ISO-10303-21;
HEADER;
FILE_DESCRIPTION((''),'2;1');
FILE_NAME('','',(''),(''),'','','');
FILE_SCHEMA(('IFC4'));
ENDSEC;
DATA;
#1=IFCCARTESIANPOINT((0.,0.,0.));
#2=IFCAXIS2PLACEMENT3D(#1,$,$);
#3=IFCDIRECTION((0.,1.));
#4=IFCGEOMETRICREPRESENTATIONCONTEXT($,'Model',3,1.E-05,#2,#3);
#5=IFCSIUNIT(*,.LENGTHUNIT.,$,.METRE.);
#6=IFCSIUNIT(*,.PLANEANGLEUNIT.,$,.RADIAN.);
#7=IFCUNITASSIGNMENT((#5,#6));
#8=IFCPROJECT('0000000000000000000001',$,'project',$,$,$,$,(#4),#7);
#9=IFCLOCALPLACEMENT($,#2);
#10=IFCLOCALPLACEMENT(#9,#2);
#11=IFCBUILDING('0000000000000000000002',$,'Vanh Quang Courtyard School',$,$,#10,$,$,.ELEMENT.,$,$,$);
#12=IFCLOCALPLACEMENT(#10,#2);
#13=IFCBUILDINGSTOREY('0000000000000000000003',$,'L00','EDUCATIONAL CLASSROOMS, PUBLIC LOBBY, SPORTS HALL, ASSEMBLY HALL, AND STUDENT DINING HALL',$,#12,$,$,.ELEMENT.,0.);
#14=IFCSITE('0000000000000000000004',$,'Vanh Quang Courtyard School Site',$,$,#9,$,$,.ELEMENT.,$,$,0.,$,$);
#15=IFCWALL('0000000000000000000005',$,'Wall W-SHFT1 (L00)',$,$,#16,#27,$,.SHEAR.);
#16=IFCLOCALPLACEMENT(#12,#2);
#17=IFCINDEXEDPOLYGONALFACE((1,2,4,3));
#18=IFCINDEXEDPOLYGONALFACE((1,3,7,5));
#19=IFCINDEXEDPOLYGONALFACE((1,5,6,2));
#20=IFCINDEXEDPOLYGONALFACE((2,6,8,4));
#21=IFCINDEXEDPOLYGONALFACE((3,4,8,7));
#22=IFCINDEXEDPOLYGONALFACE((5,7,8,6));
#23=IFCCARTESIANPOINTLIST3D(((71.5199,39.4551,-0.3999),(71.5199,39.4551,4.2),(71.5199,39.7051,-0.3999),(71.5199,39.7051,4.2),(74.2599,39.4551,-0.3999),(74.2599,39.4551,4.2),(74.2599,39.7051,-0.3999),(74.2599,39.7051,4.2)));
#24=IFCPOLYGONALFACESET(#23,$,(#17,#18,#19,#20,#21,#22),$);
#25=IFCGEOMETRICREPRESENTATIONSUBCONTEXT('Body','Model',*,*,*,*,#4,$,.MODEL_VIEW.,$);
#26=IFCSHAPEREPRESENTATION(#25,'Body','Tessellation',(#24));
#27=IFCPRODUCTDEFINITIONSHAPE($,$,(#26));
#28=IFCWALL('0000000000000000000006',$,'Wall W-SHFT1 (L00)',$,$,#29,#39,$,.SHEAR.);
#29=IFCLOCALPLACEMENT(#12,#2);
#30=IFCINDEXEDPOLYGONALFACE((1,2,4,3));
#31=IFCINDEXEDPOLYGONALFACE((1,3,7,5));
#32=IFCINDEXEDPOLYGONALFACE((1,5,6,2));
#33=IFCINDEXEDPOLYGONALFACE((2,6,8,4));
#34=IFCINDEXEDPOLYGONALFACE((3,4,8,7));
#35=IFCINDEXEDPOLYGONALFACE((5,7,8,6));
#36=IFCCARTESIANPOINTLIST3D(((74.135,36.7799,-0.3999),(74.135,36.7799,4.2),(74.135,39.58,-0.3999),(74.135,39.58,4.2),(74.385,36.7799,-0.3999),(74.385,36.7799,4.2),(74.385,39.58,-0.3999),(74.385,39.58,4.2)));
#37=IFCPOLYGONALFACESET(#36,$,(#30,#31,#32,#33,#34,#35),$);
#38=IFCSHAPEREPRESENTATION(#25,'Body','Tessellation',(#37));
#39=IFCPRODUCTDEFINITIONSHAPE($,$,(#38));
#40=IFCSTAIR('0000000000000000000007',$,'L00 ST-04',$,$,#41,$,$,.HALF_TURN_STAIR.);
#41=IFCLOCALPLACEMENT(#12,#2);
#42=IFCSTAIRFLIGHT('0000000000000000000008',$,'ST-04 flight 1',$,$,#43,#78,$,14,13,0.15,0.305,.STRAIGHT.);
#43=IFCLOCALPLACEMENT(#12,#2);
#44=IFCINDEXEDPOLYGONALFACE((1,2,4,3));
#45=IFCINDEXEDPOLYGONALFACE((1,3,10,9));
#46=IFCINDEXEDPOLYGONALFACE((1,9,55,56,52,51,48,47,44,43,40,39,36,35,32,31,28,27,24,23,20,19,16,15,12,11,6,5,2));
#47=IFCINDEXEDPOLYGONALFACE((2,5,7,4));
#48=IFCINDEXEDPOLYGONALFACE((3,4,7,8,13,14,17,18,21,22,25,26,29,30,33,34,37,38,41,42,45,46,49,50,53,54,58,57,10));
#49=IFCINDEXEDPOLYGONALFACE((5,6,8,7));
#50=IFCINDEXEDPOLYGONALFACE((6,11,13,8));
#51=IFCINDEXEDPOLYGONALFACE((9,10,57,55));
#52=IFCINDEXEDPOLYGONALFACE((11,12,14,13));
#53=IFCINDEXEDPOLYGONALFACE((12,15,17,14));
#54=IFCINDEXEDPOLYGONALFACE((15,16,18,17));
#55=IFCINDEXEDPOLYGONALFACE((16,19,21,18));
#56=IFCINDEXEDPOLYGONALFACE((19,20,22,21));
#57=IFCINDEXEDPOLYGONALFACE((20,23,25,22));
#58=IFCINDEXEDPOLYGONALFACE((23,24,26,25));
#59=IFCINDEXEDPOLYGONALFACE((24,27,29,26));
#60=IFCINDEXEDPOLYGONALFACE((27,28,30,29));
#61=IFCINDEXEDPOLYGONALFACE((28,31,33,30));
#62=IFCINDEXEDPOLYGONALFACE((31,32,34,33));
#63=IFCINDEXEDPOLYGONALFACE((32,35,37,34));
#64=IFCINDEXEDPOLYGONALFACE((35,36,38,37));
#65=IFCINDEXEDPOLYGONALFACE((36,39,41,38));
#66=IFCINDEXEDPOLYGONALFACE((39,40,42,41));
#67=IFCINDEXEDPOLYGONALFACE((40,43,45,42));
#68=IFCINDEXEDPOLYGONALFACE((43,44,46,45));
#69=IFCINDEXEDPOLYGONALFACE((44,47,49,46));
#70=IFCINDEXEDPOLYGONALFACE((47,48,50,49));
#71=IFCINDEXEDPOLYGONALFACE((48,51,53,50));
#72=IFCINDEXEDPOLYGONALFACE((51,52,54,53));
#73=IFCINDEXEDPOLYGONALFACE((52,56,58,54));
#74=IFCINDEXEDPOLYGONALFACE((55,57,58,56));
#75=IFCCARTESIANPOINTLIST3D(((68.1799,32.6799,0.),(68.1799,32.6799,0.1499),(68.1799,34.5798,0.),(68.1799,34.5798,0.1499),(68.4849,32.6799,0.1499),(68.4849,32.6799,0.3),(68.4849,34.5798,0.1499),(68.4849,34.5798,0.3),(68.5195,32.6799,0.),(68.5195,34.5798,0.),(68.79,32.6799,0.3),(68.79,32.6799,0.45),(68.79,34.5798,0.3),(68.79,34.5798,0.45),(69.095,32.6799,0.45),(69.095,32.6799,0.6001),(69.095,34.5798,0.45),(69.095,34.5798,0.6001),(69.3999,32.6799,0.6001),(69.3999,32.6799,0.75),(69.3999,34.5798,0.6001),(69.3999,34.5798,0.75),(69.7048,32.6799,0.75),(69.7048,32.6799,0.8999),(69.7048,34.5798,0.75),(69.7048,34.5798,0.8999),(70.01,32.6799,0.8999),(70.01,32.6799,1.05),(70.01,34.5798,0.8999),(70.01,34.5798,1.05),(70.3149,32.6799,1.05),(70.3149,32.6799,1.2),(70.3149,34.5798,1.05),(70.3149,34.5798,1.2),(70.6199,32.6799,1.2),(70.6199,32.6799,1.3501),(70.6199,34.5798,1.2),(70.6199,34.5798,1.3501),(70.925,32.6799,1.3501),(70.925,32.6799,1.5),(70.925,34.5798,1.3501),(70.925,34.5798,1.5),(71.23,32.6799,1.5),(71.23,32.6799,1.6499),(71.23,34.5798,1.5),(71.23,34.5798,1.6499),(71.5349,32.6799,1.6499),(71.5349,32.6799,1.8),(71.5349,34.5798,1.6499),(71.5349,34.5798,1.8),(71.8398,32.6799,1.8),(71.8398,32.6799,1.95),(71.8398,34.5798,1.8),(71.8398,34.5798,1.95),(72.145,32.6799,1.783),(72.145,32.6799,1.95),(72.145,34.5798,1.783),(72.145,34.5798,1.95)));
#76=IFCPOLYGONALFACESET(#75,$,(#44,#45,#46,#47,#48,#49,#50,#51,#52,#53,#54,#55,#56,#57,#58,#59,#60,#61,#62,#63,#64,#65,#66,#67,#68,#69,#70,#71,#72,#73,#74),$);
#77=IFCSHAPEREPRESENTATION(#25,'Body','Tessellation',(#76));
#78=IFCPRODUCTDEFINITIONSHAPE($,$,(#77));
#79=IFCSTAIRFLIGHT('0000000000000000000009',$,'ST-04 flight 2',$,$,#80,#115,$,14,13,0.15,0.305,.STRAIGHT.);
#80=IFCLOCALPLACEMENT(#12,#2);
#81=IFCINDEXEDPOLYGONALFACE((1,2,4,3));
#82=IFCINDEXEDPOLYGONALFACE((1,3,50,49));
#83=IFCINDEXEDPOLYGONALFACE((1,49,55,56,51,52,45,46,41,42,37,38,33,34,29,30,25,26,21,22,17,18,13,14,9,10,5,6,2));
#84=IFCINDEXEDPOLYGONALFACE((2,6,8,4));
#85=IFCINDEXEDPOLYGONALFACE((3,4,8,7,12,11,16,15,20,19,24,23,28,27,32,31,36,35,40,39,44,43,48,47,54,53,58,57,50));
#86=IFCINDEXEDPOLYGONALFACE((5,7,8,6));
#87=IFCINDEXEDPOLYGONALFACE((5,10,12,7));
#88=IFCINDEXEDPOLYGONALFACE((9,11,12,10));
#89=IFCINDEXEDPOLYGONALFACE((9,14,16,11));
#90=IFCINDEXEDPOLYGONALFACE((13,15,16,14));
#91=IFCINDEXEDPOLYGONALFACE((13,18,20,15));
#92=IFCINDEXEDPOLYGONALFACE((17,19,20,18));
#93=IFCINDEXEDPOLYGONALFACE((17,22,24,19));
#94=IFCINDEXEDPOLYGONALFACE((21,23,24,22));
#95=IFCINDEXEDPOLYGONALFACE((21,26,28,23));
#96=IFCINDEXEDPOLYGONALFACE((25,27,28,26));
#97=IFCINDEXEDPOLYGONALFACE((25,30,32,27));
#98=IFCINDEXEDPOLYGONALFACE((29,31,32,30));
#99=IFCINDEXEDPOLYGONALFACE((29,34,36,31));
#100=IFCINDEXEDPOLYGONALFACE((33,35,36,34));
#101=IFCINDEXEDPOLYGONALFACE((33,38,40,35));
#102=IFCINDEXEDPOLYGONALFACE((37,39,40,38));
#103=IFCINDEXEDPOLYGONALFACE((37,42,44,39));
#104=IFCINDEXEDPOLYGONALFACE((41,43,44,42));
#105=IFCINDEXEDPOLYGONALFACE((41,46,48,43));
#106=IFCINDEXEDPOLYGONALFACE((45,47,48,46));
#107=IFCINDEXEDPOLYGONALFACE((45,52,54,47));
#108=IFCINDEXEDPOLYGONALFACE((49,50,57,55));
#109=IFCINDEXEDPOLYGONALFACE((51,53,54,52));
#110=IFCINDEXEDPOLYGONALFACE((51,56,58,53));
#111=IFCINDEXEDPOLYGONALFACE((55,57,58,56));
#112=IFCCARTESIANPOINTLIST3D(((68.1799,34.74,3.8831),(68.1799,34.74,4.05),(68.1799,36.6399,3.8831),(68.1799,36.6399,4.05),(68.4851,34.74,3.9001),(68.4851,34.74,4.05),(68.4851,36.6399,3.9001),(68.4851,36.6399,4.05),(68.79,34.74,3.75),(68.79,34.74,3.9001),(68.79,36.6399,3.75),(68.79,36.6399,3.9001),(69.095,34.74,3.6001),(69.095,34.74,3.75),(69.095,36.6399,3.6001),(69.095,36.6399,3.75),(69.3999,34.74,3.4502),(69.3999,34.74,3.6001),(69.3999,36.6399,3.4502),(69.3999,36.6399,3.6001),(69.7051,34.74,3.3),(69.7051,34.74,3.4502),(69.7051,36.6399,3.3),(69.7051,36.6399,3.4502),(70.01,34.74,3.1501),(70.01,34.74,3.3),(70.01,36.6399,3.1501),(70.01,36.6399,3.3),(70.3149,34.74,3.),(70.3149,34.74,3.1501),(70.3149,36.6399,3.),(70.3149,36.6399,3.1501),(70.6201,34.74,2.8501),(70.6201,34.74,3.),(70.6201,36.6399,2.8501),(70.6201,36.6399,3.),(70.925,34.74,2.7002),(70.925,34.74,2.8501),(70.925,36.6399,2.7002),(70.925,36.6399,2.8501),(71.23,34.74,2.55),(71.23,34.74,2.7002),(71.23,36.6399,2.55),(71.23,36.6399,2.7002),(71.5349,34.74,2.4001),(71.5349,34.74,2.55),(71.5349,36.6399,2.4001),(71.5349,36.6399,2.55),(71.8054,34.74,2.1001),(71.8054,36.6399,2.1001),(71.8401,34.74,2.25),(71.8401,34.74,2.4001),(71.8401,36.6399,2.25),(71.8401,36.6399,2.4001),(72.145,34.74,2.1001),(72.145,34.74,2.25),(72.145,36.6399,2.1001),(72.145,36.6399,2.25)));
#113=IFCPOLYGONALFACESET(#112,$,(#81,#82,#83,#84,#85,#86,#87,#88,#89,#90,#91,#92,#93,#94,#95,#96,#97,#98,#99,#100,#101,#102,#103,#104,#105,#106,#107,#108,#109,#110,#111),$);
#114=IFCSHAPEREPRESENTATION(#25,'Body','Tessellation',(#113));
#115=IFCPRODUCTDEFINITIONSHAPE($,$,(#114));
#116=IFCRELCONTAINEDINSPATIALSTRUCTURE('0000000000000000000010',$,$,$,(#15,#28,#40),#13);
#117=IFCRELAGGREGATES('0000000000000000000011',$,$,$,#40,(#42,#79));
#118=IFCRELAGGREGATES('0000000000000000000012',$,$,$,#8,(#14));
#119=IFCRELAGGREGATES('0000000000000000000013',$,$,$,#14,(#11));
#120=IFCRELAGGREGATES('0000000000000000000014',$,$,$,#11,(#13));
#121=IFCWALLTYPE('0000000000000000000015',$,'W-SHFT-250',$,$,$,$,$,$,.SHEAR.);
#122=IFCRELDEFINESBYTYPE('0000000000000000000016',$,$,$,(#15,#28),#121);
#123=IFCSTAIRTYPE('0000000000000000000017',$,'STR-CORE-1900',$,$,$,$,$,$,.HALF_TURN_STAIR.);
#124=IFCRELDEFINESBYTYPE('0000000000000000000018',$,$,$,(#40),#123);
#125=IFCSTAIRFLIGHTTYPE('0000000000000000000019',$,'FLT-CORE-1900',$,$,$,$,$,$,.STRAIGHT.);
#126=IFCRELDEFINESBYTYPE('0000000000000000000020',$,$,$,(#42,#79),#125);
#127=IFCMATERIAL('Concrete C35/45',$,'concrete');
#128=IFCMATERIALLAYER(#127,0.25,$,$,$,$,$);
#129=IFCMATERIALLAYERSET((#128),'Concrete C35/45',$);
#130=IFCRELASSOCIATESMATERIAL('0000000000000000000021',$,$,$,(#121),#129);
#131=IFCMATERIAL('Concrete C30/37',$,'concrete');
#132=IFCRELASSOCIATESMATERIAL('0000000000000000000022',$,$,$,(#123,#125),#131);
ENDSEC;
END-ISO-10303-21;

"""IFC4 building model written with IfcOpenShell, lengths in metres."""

from ifc_helpers import new_model, si_unit, direction, frame, frame_2d, origin, place, context, subcontext, project, spatial, polyline, rectangle, outline, extrude, material, layer, layer_set, type_object, element, aggregate, save


model = new_model("IFC4")

# Units and contexts
model_context = context("Model", 3, precision=1e-05, world=origin(), true_north=direction((0.0, 1.0)))
body_context = subcontext(model_context, "Body", "Model", "MODEL_VIEW")
ifc_project = project(units=[si_unit("LENGTHUNIT", "METRE"), si_unit("PLANEANGLEUNIT", "RADIAN")], contexts=[model_context])

# Site, building, storey
site_placement = place(None, origin())
site = spatial("IfcSite", under=ifc_project, at=site_placement, Name="Vanh Quang Courtyard School Site", CompositionType="ELEMENT", RefElevation=0.0)
building_placement = place(site_placement, origin())
building = spatial("IfcBuilding", under=site, at=building_placement, Name="Vanh Quang Courtyard School", CompositionType="ELEMENT")
storey_placement = place(building_placement, origin())
storey = spatial("IfcBuildingStorey", under=building, at=storey_placement, Name="L00", Description="EDUCATIONAL CLASSROOMS, PUBLIC LOBBY, SPORTS HALL, ASSEMBLY HALL, AND STUDENT DINING HALL", CompositionType="ELEMENT", Elevation=0.0)

# Shared definitions
ifc_material_1 = material(Name="Concrete C35/45", Category="concrete")

# Shared definitions
ifc_material_2 = material(Name="Concrete C30/37", Category="concrete")

# Shared definitions
ifc_layer_1 = layer(ifc_material_1, 0.25)
ifc_layer_set_1 = layer_set([ifc_layer_1], Name="Concrete C35/45")
wall_type_1 = type_object("IfcWallType", Name="W-SHFT-250", PredefinedType="SHEAR", material=ifc_layer_set_1)

# Walls
wall_1_placement = place(storey_placement, frame((74.26, 39.5801, -0.3999), z_axis=(0.0, 0.0, 1.0), x_axis=(-1.0, 0.0, 0.0)))
element("IfcWall", 1, at=wall_1_placement, inside=storey, type_object=wall_type_1, Name="Wall W-SHFT1 (L00)", PredefinedType="SHEAR", context=body_context, shape_type="SweptSolid", body=[
    extrude(rectangle(XDim=2.74, YDim=0.25, at=frame_2d((1.3701, 0.0))), origin(), (0.0, 0.0, 1.0), 4.5999),
])
wall_2_placement = place(storey_placement, frame((74.26, 36.78, -0.3999), z_axis=(0.0, 0.0, 1.0), x_axis=(0.0, 1.0, 0.0)))
element("IfcWall", 2, at=wall_2_placement, inside=storey, type_object=wall_type_1, Name="Wall W-SHFT1 (L00)", PredefinedType="SHEAR", context=body_context, shape_type="SweptSolid", body=[
    extrude(rectangle(XDim=2.8, YDim=0.25, at=frame_2d((1.3999, 0.0))), origin(), (0.0, 0.0, 1.0), 4.5999),
])

# Stair, stair flights
stair_type = type_object("IfcStairType", Name="STR-CORE-1900", PredefinedType="HALF_TURN_STAIR", material=ifc_material_2)
stair_placement = place(storey_placement, origin())
stair = element("IfcStair", 3, at=stair_placement, inside=storey, type_object=stair_type, Name="L00 ST-04", PredefinedType="HALF_TURN_STAIR")
stair_flight_type = type_object("IfcStairFlightType", Name="FLT-CORE-1900", PredefinedType="STRAIGHT", material=ifc_material_2)
stair_flight_1_placement = place(storey_placement, frame((68.1799, 33.6299, 0.0), z_axis=(0.0, 0.0, 1.0), x_axis=(1.0, 0.0, 0.0)))
stair_flight_1 = element("IfcStairFlight", 4, at=stair_flight_1_placement, type_object=stair_flight_type, Name="ST-04 flight 1", NumberOfRisers=14, NumberOfTreads=13, PredefinedType="STRAIGHT", RiserHeight=0.15, TreadLength=0.305, context=body_context, shape_type="SweptSolid", body=[
    extrude(outline(polyline([(0.0, 0.0), (0.0, 0.1499), (0.3049, 0.1499), (0.3049, 0.3), (0.6101, 0.3), (0.6101, 0.45), (0.915, 0.45), (0.915, 0.6001), (1.22, 0.6001), (1.22, 0.75), (1.5249, 0.75), (1.5249, 0.8999), (1.8301, 0.8999), (1.8301, 1.05), (2.135, 1.05), (2.135, 1.2), (2.4399, 1.2), (2.4399, 1.3501), (2.7451, 1.3501), (2.7451, 1.5), (3.05, 1.5), (3.05, 1.6499), (3.355, 1.6499), (3.355, 1.8), (3.6599, 1.8), (3.6599, 1.95), (3.9651, 1.95), (3.9651, 2.1001), (3.9651, 1.783), (0.3396, 0.0), (0.0, 0.0)])), frame((0.0, 0.95, 0.0), z_axis=(0.0, -1.0, 0.0), x_axis=(1.0, 0.0, 0.0)), (0.0, 0.0, 1.0), 1.8999),
])
stair_flight_2_placement = place(storey_placement, frame((72.145, 35.6899, 2.1001), z_axis=(0.0, 0.0, 1.0), x_axis=(-1.0, 0.0, 0.0)))
stair_flight_2 = element("IfcStairFlight", 5, at=stair_flight_2_placement, type_object=stair_flight_type, Name="ST-04 flight 2", NumberOfRisers=14, NumberOfTreads=13, PredefinedType="STRAIGHT", RiserHeight=0.15, TreadLength=0.305, context=body_context, shape_type="SweptSolid", body=[
    extrude(outline(polyline([(0.0, 0.0), (0.0, 0.1499), (0.3049, 0.1499), (0.3049, 0.3), (0.6101, 0.3), (0.6101, 0.45), (0.915, 0.45), (0.915, 0.6001), (1.22, 0.6001), (1.22, 0.75), (1.5249, 0.75), (1.5249, 0.8999), (1.8301, 0.8999), (1.8301, 1.05), (2.135, 1.05), (2.135, 1.2), (2.4399, 1.2), (2.4399, 1.3501), (2.7451, 1.3501), (2.7451, 1.5), (3.05, 1.5), (3.05, 1.6499), (3.355, 1.6499), (3.355, 1.8), (3.6599, 1.8), (3.6599, 1.95), (3.9651, 1.95), (3.9651, 2.1001), (3.9651, 1.783), (0.3396, 0.0), (0.0, 0.0)])), frame((0.0, 0.95, 0.0), z_axis=(0.0, -1.0, 0.0), x_axis=(1.0, 0.0, 0.0)), (0.0, 0.0, 1.0), 1.8999),
])
aggregate(stair, [stair_flight_1, stair_flight_2])

save(model, "model.ifc")
